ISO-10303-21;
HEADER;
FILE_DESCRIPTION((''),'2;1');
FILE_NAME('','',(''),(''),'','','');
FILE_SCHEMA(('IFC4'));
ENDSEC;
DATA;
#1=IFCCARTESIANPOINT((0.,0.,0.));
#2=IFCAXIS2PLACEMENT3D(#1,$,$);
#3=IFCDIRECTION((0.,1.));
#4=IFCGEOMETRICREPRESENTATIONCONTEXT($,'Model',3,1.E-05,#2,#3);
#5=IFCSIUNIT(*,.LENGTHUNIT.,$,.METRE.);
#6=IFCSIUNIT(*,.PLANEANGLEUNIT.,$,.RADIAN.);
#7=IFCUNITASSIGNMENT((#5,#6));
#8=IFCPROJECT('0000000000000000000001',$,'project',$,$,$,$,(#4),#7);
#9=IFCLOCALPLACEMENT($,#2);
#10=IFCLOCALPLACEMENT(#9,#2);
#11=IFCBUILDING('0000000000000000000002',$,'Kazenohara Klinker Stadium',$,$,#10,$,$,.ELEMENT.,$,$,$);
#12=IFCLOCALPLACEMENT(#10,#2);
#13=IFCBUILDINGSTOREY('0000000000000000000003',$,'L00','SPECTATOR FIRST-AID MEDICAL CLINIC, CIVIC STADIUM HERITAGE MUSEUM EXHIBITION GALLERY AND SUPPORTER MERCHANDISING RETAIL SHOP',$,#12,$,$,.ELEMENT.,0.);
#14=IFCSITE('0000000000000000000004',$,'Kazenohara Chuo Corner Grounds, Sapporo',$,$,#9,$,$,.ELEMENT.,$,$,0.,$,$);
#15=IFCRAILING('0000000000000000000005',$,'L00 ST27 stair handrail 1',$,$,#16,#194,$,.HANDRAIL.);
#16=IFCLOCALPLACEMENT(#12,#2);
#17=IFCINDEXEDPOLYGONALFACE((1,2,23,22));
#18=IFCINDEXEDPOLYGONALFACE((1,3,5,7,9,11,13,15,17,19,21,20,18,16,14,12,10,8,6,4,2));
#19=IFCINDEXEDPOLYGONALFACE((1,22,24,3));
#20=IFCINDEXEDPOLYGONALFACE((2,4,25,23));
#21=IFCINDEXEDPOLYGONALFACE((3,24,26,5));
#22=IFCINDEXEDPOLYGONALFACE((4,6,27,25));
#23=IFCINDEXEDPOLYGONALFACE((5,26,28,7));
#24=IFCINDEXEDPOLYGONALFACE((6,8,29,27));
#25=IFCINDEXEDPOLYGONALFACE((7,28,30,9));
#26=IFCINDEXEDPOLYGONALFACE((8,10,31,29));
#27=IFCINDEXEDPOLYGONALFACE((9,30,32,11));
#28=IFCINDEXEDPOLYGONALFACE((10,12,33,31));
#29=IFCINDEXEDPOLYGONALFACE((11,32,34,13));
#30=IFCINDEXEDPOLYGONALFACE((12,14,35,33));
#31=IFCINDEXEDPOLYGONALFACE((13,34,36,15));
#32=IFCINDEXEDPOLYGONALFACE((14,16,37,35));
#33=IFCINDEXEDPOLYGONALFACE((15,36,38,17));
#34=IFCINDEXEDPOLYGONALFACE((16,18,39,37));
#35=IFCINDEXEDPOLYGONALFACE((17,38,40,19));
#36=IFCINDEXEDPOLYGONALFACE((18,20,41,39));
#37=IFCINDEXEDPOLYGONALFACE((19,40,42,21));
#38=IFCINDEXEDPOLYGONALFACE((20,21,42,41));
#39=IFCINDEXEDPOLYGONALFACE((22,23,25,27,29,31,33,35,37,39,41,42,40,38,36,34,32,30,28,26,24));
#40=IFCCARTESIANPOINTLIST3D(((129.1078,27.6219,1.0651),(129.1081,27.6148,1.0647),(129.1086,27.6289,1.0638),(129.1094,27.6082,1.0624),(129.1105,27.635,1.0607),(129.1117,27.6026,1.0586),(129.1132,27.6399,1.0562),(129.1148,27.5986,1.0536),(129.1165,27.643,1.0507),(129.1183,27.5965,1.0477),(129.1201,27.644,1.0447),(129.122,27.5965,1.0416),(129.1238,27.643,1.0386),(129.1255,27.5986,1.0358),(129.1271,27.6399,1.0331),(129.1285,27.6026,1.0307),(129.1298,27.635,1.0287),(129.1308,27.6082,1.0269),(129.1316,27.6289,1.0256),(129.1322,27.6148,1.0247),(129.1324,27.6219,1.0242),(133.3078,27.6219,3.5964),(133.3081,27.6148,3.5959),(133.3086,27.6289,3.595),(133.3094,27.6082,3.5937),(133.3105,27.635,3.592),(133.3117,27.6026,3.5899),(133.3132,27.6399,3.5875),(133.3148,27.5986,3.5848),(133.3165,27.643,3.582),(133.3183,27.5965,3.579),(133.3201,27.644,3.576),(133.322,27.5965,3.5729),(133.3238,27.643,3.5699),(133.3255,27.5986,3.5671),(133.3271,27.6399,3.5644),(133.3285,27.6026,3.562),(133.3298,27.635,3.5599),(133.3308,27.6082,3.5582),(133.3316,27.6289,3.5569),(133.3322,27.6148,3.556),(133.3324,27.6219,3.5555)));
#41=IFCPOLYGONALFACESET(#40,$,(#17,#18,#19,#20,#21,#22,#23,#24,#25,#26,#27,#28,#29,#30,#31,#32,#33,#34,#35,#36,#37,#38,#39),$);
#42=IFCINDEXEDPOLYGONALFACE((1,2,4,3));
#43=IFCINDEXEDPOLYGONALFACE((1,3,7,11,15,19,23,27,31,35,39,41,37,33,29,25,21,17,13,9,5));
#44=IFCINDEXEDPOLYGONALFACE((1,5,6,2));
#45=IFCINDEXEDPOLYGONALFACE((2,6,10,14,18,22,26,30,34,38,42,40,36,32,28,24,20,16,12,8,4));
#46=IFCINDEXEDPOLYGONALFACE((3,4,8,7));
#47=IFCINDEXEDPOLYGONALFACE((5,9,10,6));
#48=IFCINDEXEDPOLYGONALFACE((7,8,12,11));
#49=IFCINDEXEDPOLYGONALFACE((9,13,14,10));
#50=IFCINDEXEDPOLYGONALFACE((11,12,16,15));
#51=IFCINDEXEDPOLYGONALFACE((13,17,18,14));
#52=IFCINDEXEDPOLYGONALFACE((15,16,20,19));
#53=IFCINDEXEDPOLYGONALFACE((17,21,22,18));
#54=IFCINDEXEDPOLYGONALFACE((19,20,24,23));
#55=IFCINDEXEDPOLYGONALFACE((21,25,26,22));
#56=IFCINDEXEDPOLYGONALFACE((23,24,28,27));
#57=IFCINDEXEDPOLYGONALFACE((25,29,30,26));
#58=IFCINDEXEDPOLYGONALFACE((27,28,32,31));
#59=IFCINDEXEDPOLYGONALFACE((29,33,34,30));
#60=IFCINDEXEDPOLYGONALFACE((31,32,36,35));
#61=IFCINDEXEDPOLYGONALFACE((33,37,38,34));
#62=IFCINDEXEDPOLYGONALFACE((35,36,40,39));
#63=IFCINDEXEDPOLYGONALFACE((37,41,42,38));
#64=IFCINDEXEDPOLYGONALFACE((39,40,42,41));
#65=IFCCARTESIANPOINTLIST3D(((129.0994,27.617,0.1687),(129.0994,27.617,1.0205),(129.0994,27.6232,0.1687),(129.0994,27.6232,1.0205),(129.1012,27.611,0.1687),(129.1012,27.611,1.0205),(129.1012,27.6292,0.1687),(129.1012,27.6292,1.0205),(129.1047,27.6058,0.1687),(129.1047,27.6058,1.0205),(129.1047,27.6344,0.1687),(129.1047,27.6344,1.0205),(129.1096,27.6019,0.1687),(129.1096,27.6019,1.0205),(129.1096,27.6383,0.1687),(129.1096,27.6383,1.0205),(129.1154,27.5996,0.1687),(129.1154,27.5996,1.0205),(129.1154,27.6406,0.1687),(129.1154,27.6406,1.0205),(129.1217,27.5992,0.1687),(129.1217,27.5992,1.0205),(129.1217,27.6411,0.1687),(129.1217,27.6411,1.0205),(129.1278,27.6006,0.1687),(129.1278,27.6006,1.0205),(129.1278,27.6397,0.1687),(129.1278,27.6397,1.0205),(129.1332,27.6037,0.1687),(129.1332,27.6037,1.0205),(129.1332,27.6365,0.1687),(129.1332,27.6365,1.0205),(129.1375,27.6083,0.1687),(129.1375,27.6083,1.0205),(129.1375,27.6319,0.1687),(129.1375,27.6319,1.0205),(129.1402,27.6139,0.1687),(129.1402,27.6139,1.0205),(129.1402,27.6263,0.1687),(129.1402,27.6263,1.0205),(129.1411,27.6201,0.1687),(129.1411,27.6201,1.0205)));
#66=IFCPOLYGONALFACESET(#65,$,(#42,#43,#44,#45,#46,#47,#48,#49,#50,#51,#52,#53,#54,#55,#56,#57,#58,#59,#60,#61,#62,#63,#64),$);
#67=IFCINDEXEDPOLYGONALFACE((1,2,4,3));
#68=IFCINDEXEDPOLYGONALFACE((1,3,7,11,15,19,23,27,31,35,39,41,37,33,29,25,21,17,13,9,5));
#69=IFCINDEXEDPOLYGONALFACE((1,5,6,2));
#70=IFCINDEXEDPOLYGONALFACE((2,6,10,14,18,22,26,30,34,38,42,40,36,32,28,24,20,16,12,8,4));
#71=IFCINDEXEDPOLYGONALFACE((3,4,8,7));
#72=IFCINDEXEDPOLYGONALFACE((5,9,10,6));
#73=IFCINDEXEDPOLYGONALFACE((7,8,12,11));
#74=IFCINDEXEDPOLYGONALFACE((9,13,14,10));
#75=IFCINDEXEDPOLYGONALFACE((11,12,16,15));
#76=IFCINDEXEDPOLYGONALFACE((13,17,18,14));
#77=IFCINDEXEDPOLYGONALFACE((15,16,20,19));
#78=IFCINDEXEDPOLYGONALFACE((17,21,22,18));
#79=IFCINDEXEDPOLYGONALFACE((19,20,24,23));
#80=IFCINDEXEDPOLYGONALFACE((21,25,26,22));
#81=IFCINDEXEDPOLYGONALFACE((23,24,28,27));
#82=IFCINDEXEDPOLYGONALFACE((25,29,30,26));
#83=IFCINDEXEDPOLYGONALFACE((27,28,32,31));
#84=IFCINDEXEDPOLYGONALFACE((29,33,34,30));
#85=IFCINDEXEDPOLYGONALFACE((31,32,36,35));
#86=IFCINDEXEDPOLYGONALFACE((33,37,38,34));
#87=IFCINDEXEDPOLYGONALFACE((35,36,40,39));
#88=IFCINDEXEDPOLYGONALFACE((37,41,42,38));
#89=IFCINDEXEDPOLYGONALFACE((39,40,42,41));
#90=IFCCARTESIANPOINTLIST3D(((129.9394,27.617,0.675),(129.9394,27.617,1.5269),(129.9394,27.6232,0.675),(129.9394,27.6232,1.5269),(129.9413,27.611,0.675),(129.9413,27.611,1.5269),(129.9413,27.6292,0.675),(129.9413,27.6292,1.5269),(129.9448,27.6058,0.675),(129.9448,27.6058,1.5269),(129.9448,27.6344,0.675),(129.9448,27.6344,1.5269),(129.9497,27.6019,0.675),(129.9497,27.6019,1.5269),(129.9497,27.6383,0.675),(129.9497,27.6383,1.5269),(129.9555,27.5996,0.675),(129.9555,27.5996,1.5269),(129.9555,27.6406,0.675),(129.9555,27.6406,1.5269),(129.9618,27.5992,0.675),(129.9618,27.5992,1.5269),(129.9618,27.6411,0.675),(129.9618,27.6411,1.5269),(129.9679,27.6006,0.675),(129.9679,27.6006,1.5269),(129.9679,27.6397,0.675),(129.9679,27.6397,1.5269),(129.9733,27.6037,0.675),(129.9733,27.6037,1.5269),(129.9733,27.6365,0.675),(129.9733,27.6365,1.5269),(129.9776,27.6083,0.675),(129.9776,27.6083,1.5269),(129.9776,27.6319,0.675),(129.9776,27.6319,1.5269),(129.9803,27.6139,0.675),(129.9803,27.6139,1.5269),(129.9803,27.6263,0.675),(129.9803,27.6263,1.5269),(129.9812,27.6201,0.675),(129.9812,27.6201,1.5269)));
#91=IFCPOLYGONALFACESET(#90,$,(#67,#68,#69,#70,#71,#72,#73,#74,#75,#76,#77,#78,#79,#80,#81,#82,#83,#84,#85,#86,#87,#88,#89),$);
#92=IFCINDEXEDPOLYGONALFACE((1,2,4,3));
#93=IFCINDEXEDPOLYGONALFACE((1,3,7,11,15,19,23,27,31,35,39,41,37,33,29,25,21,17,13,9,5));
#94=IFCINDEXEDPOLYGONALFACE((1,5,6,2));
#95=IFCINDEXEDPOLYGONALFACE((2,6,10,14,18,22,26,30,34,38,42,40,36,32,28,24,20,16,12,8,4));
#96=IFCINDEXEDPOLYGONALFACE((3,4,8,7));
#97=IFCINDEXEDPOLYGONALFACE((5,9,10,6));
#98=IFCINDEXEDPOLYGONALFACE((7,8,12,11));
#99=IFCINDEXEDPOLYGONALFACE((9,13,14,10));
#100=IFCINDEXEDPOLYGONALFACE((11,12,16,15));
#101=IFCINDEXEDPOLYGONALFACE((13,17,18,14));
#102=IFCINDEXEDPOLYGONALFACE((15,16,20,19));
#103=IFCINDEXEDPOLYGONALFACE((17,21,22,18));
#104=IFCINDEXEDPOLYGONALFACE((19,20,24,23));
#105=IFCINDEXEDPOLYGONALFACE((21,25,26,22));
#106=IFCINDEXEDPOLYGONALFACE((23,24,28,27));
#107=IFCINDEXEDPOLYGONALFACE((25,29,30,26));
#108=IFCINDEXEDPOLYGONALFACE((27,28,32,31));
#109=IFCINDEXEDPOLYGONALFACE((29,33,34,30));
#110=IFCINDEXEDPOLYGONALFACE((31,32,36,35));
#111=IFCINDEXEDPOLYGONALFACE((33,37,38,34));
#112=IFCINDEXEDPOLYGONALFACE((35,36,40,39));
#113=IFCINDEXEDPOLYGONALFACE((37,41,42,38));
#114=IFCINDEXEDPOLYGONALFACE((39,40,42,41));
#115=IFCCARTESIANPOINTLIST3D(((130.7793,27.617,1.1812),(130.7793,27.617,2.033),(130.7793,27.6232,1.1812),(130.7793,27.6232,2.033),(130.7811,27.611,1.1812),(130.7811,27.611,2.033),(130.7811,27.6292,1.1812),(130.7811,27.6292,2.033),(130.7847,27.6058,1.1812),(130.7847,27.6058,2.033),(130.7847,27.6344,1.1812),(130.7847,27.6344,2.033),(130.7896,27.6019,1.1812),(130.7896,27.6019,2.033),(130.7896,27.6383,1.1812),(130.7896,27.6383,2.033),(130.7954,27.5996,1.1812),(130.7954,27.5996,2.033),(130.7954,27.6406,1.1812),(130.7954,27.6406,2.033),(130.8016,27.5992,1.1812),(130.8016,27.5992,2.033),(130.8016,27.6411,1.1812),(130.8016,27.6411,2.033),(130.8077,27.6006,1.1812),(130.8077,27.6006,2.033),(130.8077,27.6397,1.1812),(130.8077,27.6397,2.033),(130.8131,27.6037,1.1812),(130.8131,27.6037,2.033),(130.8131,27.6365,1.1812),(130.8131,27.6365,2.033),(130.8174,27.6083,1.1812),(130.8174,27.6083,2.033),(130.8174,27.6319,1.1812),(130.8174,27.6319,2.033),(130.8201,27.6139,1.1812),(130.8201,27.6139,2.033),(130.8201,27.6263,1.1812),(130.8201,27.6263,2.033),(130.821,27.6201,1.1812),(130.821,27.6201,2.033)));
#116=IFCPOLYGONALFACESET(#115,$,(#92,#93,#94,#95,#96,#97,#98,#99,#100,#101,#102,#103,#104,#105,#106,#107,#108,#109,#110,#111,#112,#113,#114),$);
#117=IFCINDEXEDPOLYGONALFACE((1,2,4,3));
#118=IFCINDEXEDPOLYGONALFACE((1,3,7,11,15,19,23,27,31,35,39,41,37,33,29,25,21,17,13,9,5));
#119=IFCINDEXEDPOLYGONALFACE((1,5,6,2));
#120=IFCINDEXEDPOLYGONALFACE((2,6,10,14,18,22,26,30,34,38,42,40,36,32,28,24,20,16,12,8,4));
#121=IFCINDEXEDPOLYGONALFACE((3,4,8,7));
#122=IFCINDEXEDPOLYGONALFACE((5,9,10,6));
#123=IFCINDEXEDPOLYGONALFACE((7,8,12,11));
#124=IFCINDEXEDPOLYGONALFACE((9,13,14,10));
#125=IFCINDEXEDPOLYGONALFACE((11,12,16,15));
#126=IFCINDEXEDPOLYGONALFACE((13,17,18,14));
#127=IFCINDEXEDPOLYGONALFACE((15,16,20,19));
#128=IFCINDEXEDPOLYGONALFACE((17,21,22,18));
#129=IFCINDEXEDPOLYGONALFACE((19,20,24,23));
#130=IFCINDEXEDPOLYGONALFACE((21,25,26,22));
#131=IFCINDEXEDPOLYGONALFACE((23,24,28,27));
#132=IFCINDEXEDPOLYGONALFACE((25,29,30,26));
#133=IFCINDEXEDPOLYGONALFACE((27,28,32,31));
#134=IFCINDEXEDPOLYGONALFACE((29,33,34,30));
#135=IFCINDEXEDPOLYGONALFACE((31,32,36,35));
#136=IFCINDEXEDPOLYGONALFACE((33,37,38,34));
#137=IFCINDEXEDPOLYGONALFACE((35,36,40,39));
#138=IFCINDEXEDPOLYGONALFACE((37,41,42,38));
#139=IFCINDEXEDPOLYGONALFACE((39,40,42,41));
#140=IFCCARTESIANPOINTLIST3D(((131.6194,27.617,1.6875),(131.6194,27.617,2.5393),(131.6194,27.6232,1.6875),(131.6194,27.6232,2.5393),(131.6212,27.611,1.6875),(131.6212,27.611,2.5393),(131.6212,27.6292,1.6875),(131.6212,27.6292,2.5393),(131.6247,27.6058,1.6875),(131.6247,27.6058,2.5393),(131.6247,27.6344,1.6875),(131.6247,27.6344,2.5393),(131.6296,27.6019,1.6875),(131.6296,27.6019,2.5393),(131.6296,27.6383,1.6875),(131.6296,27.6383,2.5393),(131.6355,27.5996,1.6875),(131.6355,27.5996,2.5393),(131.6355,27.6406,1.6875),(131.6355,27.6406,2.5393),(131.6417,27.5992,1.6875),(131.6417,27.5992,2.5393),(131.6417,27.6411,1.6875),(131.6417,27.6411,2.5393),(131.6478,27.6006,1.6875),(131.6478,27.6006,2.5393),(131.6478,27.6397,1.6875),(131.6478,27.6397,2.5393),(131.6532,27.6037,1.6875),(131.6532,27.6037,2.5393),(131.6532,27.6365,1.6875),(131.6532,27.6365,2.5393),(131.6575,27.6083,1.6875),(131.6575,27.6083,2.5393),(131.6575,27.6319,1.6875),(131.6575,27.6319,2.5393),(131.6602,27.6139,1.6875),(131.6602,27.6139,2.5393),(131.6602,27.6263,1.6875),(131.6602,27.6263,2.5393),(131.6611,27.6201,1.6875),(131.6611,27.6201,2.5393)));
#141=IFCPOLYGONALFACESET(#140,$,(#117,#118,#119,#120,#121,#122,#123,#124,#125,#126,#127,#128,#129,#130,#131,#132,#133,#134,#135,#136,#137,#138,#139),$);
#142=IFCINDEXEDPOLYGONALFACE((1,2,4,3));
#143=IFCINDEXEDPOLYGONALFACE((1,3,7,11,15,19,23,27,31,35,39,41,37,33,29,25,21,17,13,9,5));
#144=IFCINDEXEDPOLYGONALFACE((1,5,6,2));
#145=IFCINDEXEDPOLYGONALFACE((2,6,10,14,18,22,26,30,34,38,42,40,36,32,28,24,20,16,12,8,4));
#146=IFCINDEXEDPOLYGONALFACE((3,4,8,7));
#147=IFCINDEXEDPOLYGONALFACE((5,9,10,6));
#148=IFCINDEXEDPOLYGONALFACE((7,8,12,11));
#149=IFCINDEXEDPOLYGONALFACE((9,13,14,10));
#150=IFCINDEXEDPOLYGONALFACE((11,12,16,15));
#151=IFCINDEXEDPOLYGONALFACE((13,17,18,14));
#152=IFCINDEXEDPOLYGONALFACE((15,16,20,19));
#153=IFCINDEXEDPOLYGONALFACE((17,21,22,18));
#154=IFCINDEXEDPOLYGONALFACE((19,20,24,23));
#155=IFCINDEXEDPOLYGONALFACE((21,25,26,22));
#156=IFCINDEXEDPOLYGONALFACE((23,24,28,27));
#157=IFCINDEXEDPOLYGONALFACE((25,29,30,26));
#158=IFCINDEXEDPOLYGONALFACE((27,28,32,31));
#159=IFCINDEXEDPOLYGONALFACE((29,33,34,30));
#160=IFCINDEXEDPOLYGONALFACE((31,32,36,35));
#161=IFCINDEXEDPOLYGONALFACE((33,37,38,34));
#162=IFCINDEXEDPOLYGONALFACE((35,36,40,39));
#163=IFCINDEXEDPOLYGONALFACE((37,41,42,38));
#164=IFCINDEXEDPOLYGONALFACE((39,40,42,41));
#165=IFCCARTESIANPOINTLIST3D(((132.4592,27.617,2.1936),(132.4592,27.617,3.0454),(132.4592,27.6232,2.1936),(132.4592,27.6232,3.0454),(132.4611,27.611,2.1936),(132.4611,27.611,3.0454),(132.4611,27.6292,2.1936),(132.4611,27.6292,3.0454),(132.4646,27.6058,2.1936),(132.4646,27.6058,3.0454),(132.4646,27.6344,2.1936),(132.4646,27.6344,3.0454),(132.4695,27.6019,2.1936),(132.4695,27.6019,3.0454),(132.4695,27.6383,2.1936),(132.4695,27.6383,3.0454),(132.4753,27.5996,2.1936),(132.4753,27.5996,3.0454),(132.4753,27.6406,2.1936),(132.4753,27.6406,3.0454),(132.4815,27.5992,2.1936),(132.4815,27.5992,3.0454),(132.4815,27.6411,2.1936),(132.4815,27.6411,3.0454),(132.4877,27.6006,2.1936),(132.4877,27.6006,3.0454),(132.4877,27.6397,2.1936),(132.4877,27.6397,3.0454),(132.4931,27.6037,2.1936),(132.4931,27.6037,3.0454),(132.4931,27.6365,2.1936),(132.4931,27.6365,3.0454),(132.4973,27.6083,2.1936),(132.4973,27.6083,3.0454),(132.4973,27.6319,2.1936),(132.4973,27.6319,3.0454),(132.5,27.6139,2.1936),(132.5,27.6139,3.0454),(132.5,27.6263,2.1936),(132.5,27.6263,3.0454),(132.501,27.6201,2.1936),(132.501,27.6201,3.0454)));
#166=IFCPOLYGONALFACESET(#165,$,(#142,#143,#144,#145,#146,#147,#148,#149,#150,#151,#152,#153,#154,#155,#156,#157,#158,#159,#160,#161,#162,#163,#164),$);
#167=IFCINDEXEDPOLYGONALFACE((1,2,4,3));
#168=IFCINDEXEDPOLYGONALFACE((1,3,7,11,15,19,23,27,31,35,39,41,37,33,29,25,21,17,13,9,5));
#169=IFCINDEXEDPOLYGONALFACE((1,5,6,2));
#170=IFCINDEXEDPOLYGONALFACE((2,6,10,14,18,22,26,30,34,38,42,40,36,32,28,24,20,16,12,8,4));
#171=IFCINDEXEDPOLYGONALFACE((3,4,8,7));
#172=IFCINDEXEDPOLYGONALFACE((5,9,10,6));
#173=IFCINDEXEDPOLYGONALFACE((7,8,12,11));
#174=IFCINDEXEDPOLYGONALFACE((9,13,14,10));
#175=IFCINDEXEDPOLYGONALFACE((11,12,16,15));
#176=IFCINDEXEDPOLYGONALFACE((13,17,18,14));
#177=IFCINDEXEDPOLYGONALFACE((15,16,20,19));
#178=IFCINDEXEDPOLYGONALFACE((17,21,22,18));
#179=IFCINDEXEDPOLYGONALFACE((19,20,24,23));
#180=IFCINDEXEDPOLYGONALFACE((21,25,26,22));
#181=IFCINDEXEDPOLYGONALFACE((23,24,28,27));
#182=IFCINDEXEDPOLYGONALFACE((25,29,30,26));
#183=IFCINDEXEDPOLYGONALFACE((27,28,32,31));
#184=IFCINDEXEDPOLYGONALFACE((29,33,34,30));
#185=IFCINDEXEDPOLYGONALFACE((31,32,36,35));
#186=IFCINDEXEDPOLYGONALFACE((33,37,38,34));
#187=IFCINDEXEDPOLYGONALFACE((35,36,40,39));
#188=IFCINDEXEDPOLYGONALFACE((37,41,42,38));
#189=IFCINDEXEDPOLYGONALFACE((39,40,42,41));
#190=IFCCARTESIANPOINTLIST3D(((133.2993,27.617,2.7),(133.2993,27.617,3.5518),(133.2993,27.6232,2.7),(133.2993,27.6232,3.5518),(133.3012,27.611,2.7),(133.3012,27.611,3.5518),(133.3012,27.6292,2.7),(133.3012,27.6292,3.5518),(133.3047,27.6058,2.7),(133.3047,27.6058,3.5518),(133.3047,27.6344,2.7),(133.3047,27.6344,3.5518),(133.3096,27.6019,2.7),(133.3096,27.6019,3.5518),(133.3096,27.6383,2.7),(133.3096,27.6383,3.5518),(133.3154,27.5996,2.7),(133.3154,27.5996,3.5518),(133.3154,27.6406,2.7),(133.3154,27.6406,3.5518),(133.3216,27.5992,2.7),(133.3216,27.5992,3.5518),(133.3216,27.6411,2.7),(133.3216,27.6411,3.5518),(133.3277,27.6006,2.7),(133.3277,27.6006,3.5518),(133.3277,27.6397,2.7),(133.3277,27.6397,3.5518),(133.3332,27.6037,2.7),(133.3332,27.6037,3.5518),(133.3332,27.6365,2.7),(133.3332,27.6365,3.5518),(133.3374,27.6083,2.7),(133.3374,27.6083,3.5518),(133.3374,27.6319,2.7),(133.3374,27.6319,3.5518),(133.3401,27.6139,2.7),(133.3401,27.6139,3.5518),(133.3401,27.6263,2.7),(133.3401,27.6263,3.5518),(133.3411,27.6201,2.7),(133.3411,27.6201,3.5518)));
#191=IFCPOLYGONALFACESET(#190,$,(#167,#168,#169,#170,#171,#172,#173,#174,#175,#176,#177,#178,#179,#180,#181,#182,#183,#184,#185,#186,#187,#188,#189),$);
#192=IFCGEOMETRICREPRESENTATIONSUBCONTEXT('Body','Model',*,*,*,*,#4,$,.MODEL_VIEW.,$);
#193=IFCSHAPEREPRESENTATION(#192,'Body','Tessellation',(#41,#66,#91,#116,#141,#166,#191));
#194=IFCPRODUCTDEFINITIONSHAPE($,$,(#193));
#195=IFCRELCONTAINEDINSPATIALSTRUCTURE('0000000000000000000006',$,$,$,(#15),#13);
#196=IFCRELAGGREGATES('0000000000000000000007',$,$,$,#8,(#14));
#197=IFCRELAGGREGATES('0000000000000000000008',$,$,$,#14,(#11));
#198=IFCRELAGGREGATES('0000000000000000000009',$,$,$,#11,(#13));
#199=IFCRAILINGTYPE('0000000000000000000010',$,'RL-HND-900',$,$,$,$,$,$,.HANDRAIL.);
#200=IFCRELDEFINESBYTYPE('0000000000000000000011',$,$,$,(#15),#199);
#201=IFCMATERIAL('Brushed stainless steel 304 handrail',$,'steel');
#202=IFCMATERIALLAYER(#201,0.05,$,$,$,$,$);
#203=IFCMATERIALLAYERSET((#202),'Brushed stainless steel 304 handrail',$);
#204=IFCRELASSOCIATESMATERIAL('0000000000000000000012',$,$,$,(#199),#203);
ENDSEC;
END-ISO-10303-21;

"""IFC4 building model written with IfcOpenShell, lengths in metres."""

from ifc_helpers import new_model, si_unit, direction, frame, origin, origin_2d, place, context, subcontext, project, spatial, circle, extrude, material, layer, layer_set, type_object, element, save


model = new_model("IFC4")

# Units and contexts
model_context = context("Model", 3, precision=1e-05, world=origin(), true_north=direction((0.0, 1.0)))
body_context = subcontext(model_context, "Body", "Model", "MODEL_VIEW")
ifc_project = project(units=[si_unit("LENGTHUNIT", "METRE"), si_unit("PLANEANGLEUNIT", "RADIAN")], contexts=[model_context])

# Site, building, storey
site_placement = place(None, origin())
site = spatial("IfcSite", under=ifc_project, at=site_placement, Name="Kazenohara Chuo Corner Grounds, Sapporo", CompositionType="ELEMENT", RefElevation=0.0)
building_placement = place(site_placement, origin())
building = spatial("IfcBuilding", under=site, at=building_placement, Name="Kazenohara Klinker Stadium", CompositionType="ELEMENT")
storey_placement = place(building_placement, origin())
storey = spatial("IfcBuildingStorey", under=building, at=storey_placement, Name="L00", Description="SPECTATOR FIRST-AID MEDICAL CLINIC, CIVIC STADIUM HERITAGE MUSEUM EXHIBITION GALLERY AND SUPPORTER MERCHANDISING RETAIL SHOP", CompositionType="ELEMENT", Elevation=0.0)

# Railing
ifc_material_1 = material(Name="Brushed stainless steel 304 handrail", Category="steel")
ifc_layer_1 = layer(ifc_material_1, 0.05)
ifc_layer_set_1 = layer_set([ifc_layer_1], Name="Brushed stainless steel 304 handrail")
railing_type_1 = type_object("IfcRailingType", Name="RL-HND-900", PredefinedType="HANDRAIL", material=ifc_layer_set_1)
railing_1_placement = place(storey_placement, frame((129.1201, 27.6201, 0.1687)))
element("IfcRailing", 1, at=railing_1_placement, inside=storey, type_object=railing_type_1, Name="L00 ST27 stair handrail 1", PredefinedType="HANDRAIL", context=body_context, shape_type="SweptSolid", body=[
    extrude(circle(Radius=0.0239, at=origin_2d()), frame((0.0, 0.0, 0.876), z_axis=(0.856476, 0.0, 0.516186), x_axis=(0.0, 1.0, 0.0)), (0.0, 0.0, 1.0), 4.9038),
    extrude(circle(Radius=0.021, at=origin_2d()), origin(), (0.0, 0.0, 1.0), 0.8518),
    extrude(circle(Radius=0.021, at=origin_2d()), frame((0.8401, 0.0, 0.5063)), (0.0, 0.0, 1.0), 0.8518),
    extrude(circle(Radius=0.021, at=origin_2d()), frame((1.6799, 0.0, 1.0125)), (0.0, 0.0, 1.0), 0.8518),
    extrude(circle(Radius=0.021, at=origin_2d()), frame((2.52, 0.0, 1.5188)), (0.0, 0.0, 1.0), 0.8518),
    extrude(circle(Radius=0.021, at=origin_2d()), frame((3.3599, 0.0, 2.0249)), (0.0, 0.0, 1.0), 0.8518),
    extrude(circle(Radius=0.021, at=origin_2d()), frame((4.2, 0.0, 2.5312)), (0.0, 0.0, 1.0), 0.8518),
])

save(model, "model.ifc")
